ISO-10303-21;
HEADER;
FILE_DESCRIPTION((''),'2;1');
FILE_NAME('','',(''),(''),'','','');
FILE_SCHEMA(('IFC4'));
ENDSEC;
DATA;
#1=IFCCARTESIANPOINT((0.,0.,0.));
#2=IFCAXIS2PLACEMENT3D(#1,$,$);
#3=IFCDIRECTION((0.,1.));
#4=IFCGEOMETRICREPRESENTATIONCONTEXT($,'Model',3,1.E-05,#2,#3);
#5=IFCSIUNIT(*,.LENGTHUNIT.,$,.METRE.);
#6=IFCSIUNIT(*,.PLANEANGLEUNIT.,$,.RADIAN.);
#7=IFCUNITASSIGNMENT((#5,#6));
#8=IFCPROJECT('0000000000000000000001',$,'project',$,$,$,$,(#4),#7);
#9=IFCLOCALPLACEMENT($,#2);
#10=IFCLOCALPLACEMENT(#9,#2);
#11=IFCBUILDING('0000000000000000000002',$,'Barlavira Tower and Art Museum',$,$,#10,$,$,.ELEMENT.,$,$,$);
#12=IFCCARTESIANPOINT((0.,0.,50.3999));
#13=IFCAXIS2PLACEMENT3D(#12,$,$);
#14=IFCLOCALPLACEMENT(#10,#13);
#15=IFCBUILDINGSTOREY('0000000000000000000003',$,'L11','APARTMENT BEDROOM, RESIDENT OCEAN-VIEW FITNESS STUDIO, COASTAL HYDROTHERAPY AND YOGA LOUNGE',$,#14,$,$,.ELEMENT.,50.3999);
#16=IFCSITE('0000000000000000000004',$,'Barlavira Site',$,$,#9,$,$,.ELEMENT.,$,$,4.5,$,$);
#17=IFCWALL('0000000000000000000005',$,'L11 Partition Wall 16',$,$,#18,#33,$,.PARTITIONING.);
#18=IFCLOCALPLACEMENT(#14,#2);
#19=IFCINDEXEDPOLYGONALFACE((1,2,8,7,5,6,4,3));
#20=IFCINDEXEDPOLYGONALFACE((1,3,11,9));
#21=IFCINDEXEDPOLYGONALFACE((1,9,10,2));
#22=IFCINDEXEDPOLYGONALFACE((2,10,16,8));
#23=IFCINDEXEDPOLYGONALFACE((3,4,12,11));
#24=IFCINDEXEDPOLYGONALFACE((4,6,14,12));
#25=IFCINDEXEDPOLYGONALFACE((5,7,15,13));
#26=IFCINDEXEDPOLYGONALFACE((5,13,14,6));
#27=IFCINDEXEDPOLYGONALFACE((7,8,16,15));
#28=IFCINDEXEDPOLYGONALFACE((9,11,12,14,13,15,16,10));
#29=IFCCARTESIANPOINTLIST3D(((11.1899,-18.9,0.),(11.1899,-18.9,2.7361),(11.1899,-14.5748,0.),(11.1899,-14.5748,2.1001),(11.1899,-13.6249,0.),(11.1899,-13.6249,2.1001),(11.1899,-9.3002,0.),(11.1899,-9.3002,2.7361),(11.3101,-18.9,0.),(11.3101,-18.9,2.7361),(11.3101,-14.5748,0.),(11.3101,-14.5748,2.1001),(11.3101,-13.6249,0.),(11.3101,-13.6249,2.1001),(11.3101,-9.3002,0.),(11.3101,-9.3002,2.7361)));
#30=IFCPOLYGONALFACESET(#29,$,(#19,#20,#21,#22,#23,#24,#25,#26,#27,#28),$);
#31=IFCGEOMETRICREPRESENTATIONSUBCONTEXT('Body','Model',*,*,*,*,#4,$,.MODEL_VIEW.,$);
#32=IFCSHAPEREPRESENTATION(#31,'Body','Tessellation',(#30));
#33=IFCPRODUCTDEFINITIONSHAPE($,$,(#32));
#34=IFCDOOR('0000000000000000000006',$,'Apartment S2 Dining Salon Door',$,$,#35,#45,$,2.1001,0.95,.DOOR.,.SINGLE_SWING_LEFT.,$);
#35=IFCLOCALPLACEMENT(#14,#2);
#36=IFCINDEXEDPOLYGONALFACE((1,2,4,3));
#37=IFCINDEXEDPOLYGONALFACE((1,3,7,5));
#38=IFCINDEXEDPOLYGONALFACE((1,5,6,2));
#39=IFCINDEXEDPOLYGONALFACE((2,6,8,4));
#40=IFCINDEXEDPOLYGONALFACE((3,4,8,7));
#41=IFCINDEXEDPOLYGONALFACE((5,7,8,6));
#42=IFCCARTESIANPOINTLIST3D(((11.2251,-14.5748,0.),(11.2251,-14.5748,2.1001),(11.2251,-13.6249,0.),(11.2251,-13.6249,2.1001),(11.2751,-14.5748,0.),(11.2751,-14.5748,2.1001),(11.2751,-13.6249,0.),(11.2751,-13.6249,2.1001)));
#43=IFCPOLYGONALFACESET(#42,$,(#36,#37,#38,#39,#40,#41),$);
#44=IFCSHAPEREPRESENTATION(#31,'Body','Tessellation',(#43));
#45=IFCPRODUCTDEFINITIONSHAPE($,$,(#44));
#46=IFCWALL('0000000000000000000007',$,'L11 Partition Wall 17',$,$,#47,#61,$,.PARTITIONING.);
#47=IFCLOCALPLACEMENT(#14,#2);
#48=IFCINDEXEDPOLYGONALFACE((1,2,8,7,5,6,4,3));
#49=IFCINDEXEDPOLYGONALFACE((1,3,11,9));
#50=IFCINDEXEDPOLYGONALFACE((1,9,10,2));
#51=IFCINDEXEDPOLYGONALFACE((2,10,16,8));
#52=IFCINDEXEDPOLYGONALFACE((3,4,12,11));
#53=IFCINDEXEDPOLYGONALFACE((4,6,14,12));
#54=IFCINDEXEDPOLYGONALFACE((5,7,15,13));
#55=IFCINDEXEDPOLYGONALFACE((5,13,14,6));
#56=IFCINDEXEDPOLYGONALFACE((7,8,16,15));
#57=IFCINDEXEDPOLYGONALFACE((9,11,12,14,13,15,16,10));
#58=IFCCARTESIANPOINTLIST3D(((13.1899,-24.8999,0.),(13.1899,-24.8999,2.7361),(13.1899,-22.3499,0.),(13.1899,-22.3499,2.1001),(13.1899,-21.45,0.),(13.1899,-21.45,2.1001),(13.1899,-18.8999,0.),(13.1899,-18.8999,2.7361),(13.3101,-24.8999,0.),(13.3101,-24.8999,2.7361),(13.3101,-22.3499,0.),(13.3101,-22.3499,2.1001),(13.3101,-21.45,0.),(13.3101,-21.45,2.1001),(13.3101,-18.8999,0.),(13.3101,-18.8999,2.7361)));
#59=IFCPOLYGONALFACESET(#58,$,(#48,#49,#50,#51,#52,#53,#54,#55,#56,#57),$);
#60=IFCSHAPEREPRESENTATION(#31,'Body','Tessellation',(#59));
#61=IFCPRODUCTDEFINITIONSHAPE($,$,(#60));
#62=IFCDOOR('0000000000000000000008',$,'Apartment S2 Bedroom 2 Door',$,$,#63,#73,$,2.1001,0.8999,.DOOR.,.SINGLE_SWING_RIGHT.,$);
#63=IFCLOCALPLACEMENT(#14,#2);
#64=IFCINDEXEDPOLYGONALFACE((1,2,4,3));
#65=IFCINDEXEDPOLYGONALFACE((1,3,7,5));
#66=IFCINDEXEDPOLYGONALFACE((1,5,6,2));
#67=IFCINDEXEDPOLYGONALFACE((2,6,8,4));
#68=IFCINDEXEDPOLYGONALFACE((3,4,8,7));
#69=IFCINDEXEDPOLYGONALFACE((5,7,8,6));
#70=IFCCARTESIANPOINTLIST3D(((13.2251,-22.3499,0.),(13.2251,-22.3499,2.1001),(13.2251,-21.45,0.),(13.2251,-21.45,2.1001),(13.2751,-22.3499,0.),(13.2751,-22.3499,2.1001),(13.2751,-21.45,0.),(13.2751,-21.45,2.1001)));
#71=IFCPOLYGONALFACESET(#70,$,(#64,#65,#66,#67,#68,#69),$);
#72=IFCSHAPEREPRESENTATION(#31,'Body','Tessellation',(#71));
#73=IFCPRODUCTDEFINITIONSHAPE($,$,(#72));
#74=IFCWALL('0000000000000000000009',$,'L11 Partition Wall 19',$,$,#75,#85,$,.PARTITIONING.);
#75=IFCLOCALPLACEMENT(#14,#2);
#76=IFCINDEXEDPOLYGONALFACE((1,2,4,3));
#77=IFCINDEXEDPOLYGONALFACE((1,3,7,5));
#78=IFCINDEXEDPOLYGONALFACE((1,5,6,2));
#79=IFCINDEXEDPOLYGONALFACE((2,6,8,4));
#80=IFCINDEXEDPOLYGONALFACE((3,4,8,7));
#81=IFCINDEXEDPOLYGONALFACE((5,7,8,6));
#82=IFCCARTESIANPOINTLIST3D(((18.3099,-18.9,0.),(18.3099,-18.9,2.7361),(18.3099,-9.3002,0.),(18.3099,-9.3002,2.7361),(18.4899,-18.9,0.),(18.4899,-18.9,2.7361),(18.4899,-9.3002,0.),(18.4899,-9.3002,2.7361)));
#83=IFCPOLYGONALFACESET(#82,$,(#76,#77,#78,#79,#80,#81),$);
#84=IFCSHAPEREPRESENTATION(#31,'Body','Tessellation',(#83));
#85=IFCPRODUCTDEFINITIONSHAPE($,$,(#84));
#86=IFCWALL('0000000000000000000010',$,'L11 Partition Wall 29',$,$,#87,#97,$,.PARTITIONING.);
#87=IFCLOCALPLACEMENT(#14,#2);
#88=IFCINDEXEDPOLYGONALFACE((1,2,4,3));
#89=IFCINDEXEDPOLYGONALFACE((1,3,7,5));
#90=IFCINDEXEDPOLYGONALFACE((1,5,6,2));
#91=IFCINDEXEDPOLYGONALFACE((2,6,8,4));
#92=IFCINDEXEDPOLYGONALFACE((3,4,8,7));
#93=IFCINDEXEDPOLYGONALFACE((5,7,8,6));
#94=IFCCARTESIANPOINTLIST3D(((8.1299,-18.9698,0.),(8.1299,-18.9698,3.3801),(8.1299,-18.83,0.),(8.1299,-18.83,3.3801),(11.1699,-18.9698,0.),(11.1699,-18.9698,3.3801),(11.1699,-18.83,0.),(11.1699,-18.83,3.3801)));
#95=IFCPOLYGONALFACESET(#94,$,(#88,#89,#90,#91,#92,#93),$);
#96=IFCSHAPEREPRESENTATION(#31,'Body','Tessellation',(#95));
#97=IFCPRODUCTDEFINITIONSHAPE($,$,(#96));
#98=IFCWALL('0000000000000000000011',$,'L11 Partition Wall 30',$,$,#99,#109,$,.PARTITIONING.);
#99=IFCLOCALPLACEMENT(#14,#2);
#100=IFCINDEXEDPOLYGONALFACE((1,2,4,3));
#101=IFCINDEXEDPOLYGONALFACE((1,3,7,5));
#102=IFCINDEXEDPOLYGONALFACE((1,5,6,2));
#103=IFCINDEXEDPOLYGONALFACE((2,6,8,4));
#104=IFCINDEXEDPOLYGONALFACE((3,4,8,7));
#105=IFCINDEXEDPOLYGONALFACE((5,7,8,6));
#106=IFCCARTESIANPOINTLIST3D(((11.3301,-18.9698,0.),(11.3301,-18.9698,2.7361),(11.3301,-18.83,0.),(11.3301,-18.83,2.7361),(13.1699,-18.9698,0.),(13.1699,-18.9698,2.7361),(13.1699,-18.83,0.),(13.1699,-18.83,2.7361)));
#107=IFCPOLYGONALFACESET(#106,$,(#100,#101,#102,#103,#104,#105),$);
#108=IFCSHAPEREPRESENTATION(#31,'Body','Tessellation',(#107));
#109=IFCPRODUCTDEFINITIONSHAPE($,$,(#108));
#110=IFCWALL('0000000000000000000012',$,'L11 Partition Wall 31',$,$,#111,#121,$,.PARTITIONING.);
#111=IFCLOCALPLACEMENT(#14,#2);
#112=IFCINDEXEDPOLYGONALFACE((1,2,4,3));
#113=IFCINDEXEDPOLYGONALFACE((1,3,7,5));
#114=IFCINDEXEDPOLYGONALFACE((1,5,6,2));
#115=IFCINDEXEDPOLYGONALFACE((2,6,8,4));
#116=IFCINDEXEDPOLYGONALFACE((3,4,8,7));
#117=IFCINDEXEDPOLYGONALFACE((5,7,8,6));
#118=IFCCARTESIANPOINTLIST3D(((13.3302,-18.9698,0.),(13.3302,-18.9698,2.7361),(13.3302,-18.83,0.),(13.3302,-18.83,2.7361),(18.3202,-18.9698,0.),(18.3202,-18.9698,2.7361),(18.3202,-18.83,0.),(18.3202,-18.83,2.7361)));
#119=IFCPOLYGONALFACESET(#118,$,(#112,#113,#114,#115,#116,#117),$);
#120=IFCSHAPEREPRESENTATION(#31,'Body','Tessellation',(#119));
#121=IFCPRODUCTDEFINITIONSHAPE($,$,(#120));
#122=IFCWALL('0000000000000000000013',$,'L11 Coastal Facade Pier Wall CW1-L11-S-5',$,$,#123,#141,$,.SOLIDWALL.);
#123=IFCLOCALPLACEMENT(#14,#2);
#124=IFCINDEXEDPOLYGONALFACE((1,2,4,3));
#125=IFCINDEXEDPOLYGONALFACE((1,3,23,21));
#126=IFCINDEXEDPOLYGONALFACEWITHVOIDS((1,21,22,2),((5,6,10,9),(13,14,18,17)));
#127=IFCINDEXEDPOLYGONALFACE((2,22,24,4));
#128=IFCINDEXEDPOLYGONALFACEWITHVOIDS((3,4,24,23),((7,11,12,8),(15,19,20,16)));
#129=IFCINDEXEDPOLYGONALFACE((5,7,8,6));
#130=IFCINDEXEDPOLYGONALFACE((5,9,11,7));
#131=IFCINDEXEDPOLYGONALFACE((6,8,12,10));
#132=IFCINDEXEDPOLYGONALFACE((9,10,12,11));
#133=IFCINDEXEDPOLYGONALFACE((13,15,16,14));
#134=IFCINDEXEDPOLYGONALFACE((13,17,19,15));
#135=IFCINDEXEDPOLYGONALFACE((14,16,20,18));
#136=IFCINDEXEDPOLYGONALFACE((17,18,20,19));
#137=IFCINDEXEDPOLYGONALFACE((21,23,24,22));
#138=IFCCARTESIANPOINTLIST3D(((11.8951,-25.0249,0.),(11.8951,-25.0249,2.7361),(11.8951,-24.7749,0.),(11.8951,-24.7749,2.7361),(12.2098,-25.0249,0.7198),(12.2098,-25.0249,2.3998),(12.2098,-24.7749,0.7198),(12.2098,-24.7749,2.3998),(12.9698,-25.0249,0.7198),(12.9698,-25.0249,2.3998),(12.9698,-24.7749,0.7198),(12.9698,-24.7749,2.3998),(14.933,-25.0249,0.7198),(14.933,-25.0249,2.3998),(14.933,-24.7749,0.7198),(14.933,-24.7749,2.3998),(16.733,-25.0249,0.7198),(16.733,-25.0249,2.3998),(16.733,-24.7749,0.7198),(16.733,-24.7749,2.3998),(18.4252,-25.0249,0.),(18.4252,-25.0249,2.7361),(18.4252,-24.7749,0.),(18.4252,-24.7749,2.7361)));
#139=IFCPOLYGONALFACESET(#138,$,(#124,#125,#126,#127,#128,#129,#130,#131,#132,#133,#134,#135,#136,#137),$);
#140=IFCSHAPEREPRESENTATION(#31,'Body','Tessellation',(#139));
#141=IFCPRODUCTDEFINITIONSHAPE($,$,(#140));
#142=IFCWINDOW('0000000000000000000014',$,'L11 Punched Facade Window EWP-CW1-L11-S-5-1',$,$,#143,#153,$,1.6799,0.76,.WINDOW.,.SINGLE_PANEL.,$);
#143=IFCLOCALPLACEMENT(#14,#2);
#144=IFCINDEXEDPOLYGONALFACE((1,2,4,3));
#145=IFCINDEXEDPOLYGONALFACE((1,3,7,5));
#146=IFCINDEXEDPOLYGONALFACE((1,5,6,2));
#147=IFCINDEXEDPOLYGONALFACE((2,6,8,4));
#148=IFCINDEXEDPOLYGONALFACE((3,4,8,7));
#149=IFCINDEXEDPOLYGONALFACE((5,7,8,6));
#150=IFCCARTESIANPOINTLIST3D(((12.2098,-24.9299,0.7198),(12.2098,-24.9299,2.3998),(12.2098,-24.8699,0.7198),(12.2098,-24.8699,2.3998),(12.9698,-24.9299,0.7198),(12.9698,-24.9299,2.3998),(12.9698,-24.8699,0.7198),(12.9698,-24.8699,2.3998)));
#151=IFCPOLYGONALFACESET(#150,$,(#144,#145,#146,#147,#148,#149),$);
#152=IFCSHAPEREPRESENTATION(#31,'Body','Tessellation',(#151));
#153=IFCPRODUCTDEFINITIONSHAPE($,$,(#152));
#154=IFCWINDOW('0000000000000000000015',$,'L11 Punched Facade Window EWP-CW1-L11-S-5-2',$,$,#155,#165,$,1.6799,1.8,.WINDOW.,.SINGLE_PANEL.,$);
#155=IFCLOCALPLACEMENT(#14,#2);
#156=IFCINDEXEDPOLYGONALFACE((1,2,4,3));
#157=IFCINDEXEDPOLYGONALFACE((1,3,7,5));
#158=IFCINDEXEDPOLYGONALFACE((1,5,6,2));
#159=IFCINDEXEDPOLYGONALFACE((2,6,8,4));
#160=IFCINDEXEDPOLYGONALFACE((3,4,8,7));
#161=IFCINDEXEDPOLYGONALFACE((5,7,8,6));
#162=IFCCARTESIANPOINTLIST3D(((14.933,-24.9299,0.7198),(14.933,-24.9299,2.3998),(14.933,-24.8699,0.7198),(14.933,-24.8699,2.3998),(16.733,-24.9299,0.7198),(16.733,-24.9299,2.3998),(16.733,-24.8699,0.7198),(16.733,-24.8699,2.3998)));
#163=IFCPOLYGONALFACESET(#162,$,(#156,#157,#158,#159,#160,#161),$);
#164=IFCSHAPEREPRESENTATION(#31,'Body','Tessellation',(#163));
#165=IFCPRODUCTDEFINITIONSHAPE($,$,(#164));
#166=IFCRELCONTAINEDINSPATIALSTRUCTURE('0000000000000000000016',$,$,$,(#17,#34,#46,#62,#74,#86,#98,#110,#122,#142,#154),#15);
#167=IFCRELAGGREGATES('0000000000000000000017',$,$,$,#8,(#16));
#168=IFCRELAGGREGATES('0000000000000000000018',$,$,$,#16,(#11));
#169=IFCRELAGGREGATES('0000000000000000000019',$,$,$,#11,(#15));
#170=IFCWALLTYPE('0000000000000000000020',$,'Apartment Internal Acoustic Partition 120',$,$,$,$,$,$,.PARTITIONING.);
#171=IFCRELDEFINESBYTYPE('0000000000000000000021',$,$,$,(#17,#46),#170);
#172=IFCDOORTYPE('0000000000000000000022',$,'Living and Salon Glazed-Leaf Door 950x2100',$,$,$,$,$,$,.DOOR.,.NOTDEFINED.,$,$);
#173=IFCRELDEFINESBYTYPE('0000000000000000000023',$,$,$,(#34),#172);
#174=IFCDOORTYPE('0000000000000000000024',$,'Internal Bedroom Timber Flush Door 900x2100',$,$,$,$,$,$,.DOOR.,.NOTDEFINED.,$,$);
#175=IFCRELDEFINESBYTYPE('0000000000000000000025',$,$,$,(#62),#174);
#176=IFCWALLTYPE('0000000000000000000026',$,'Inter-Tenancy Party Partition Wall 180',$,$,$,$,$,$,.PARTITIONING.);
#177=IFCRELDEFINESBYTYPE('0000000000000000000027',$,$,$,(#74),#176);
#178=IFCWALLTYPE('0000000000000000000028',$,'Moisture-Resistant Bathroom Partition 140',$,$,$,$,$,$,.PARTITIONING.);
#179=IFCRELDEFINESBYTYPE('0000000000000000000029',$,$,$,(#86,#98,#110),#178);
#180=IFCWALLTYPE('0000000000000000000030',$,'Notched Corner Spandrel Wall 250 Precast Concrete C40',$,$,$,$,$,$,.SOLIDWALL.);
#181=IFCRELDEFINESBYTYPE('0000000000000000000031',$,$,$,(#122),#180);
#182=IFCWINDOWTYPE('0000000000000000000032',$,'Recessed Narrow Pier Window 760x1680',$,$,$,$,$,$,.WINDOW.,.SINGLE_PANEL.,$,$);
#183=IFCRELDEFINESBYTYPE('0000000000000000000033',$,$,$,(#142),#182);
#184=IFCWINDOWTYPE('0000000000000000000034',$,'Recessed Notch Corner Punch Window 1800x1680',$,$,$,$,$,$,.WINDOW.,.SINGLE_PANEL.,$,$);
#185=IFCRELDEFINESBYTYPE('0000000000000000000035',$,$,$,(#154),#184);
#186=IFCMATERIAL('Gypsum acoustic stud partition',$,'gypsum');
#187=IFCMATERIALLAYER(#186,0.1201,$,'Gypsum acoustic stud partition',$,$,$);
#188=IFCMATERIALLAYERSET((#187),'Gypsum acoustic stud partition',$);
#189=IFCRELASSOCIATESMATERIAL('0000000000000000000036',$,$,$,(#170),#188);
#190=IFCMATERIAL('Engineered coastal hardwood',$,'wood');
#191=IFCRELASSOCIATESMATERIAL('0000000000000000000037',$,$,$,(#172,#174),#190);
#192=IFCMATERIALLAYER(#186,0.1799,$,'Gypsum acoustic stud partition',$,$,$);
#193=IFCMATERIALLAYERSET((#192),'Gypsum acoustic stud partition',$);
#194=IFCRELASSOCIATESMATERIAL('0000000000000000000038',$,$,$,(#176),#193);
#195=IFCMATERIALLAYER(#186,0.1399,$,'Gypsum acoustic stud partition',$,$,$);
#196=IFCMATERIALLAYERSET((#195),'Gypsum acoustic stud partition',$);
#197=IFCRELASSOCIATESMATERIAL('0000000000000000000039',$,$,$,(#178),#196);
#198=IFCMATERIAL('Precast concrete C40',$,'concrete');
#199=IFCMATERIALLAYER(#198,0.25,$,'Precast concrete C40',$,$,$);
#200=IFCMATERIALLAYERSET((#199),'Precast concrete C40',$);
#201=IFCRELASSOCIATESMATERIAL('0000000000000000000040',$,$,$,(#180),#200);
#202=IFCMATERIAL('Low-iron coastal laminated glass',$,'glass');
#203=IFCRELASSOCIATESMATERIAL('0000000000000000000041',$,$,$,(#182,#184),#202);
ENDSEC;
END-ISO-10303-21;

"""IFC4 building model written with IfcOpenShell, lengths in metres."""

from ifc_helpers import new_model, si_unit, direction, frame, frame_2d, origin, place, context, subcontext, project, spatial, rectangle, extrude, material, layer, layer_set, type_object, element, fill, save


model = new_model("IFC4")

# Units and contexts
model_context = context("Model", 3, precision=1e-05, world=origin(), true_north=direction((0.0, 1.0)))
body_context = subcontext(model_context, "Body", "Model", "MODEL_VIEW")
ifc_project = project(units=[si_unit("LENGTHUNIT", "METRE"), si_unit("PLANEANGLEUNIT", "RADIAN")], contexts=[model_context])

# Site, building, storey
site_placement = place(None, origin())
site = spatial("IfcSite", under=ifc_project, at=site_placement, Name="Barlavira Site", CompositionType="ELEMENT", RefElevation=4.5)
building_placement = place(site_placement, origin())
building = spatial("IfcBuilding", under=site, at=building_placement, Name="Barlavira Tower and Art Museum", CompositionType="ELEMENT")
storey_placement = place(building_placement, frame((0.0, 0.0, 50.3999)))
storey = spatial("IfcBuildingStorey", under=building, at=storey_placement, Name="L11", Description="APARTMENT BEDROOM, RESIDENT OCEAN-VIEW FITNESS STUDIO, COASTAL HYDROTHERAPY AND YOGA LOUNGE", CompositionType="ELEMENT", Elevation=50.3999)

# Walls, openings, doors
ifc_material_1 = material(Name="Gypsum acoustic stud partition", Category="gypsum")
ifc_layer_1 = layer(ifc_material_1, 0.1201, Name="Gypsum acoustic stud partition")
ifc_layer_set_1 = layer_set([ifc_layer_1], Name="Gypsum acoustic stud partition")
wall_type_1 = type_object("IfcWallType", Name="Apartment Internal Acoustic Partition 120", PredefinedType="PARTITIONING", material=ifc_layer_set_1)
wall_1_placement = place(storey_placement, frame((11.25, -18.8999, 0.0), z_axis=(0.0, 0.0, 1.0), x_axis=(0.0, 1.0, 0.0)))
wall_1 = element("IfcWall", 1, at=wall_1_placement, inside=storey, type_object=wall_type_1, Name="L11 Partition Wall 16", PredefinedType="PARTITIONING", context=body_context, shape_type="SweptSolid", body=[
    extrude(rectangle(XDim=9.5999, YDim=0.1201, at=frame_2d((4.7998, 0.0))), origin(), (0.0, 0.0, 1.0), 2.7361),
])
opening_1_placement = place(wall_1_placement, frame((4.325, 0.0, 0.0)))
opening_1 = element("IfcOpeningElement", 2, at=opening_1_placement, cuts=wall_1, PredefinedType="OPENING", context=body_context, shape_type="SweptSolid", body=[
    extrude(rectangle(XDim=0.95, YDim=2.1001, at=frame_2d((0.4751, 1.05))), frame((0.0, 0.0701, 0.0), z_axis=(0.0, -1.0, 0.0), x_axis=(1.0, 0.0, 0.0)), (0.0, 0.0, 1.0), 0.1401),
])
ifc_material_2 = material(Name="Engineered coastal hardwood", Category="wood")
door_type_1 = type_object("IfcDoorType", Name="Living and Salon Glazed-Leaf Door 950x2100", OperationType="NOTDEFINED", PredefinedType="DOOR", material=ifc_material_2)
door_1_placement = place(opening_1_placement, origin())
door_1 = element("IfcDoor", 3, at=door_1_placement, inside=storey, type_object=door_type_1, Name="Apartment S2 Dining Salon Door", OperationType="SINGLE_SWING_LEFT", OverallHeight=2.1001, OverallWidth=0.95, PredefinedType="DOOR", context=body_context, shape_type="SweptSolid", body=[
    extrude(rectangle(XDim=0.95, YDim=2.1001, at=frame_2d((0.4751, 1.05))), frame((0.0, 0.0249, 0.0), z_axis=(0.0, -1.0, 0.0), x_axis=(1.0, 0.0, 0.0)), (0.0, 0.0, 1.0), 0.05),
])
fill(opening_1, door_1)
wall_2_placement = place(storey_placement, frame((13.25, -24.8999, 0.0), z_axis=(0.0, 0.0, 1.0), x_axis=(0.0, 1.0, 0.0)))
wall_2 = element("IfcWall", 4, at=wall_2_placement, inside=storey, type_object=wall_type_1, Name="L11 Partition Wall 17", PredefinedType="PARTITIONING", context=body_context, shape_type="SweptSolid", body=[
    extrude(rectangle(XDim=6.0, YDim=0.1201, at=frame_2d((3.0, 0.0))), origin(), (0.0, 0.0, 1.0), 2.7361),
])
opening_2_placement = place(wall_2_placement, frame((2.55, 0.0, 0.0)))
opening_2 = element("IfcOpeningElement", 5, at=opening_2_placement, cuts=wall_2, PredefinedType="OPENING", context=body_context, shape_type="SweptSolid", body=[
    extrude(rectangle(XDim=0.8999, YDim=2.1001, at=frame_2d((0.45, 1.05))), frame((0.0, 0.0701, 0.0), z_axis=(0.0, -1.0, 0.0), x_axis=(1.0, 0.0, 0.0)), (0.0, 0.0, 1.0), 0.1401),
])
door_type_2 = type_object("IfcDoorType", Name="Internal Bedroom Timber Flush Door 900x2100", OperationType="NOTDEFINED", PredefinedType="DOOR", material=ifc_material_2)
door_2_placement = place(opening_2_placement, origin())
door_2 = element("IfcDoor", 6, at=door_2_placement, inside=storey, type_object=door_type_2, Name="Apartment S2 Bedroom 2 Door", OperationType="SINGLE_SWING_RIGHT", OverallHeight=2.1001, OverallWidth=0.8999, PredefinedType="DOOR", context=body_context, shape_type="SweptSolid", body=[
    extrude(rectangle(XDim=0.8999, YDim=2.1001, at=frame_2d((0.45, 1.05))), frame((0.0, 0.0249, 0.0), z_axis=(0.0, -1.0, 0.0), x_axis=(1.0, 0.0, 0.0)), (0.0, 0.0, 1.0), 0.05),
])
fill(opening_2, door_2)

# Walls
ifc_layer_2 = layer(ifc_material_1, 0.1799, Name="Gypsum acoustic stud partition")
ifc_layer_set_2 = layer_set([ifc_layer_2], Name="Gypsum acoustic stud partition")
wall_type_2 = type_object("IfcWallType", Name="Inter-Tenancy Party Partition Wall 180", PredefinedType="PARTITIONING", material=ifc_layer_set_2)
wall_3_placement = place(storey_placement, frame((18.3999, -18.8999, 0.0), z_axis=(0.0, 0.0, 1.0), x_axis=(0.0, 1.0, 0.0)))
element("IfcWall", 7, at=wall_3_placement, inside=storey, type_object=wall_type_2, Name="L11 Partition Wall 19", PredefinedType="PARTITIONING", context=body_context, shape_type="SweptSolid", body=[
    extrude(rectangle(XDim=9.5999, YDim=0.1799, at=frame_2d((4.7998, 0.0))), origin(), (0.0, 0.0, 1.0), 2.7361),
])
ifc_layer_3 = layer(ifc_material_1, 0.1399, Name="Gypsum acoustic stud partition")
ifc_layer_set_3 = layer_set([ifc_layer_3], Name="Gypsum acoustic stud partition")
wall_type_3 = type_object("IfcWallType", Name="Moisture-Resistant Bathroom Partition 140", PredefinedType="PARTITIONING", material=ifc_layer_set_3)
wall_4_placement = place(storey_placement, frame((8.1299, -18.8999, 0.0), z_axis=(0.0, 0.0, 1.0), x_axis=(1.0, 0.0, 0.0)))
element("IfcWall", 8, at=wall_4_placement, inside=storey, type_object=wall_type_3, Name="L11 Partition Wall 29", PredefinedType="PARTITIONING", context=body_context, shape_type="SweptSolid", body=[
    extrude(rectangle(XDim=3.04, YDim=0.1399, at=frame_2d((1.52, 0.0))), origin(), (0.0, 0.0, 1.0), 3.3801),
])
wall_5_placement = place(storey_placement, frame((11.3301, -18.8999, 0.0), z_axis=(0.0, 0.0, 1.0), x_axis=(1.0, 0.0, 0.0)))
element("IfcWall", 9, at=wall_5_placement, inside=storey, type_object=wall_type_3, Name="L11 Partition Wall 30", PredefinedType="PARTITIONING", context=body_context, shape_type="SweptSolid", body=[
    extrude(rectangle(XDim=1.8398, YDim=0.1399, at=frame_2d((0.9199, 0.0))), origin(), (0.0, 0.0, 1.0), 2.7361),
])
wall_6_placement = place(storey_placement, frame((13.3301, -18.8999, 0.0), z_axis=(0.0, 0.0, 1.0), x_axis=(1.0, 0.0, 0.0)))
element("IfcWall", 10, at=wall_6_placement, inside=storey, type_object=wall_type_3, Name="L11 Partition Wall 31", PredefinedType="PARTITIONING", context=body_context, shape_type="SweptSolid", body=[
    extrude(rectangle(XDim=4.99, YDim=0.1399, at=frame_2d((2.4951, 0.0))), origin(), (0.0, 0.0, 1.0), 2.7361),
])

# Wall, openings, windows
ifc_material_3 = material(Name="Precast concrete C40", Category="concrete")
ifc_layer_4 = layer(ifc_material_3, 0.25, Name="Precast concrete C40")
ifc_layer_set_4 = layer_set([ifc_layer_4], Name="Precast concrete C40")
wall_type_4 = type_object("IfcWallType", Name="Notched Corner Spandrel Wall 250 Precast Concrete C40", PredefinedType="SOLIDWALL", material=ifc_layer_set_4)
wall_7_placement = place(storey_placement, frame((11.895, -24.8999, 0.0), z_axis=(0.0, 0.0, 1.0), x_axis=(1.0, 0.0, 0.0)))
wall_7 = element("IfcWall", 11, at=wall_7_placement, inside=storey, type_object=wall_type_4, Name="L11 Coastal Facade Pier Wall CW1-L11-S-5", PredefinedType="SOLIDWALL", context=body_context, shape_type="SweptSolid", body=[
    extrude(rectangle(XDim=6.53, YDim=0.25, at=frame_2d((3.2651, 0.0))), origin(), (0.0, 0.0, 1.0), 2.7361),
])
opening_3_placement = place(wall_7_placement, frame((0.3149, 0.0, 0.72)))
opening_3 = element("IfcOpeningElement", 12, at=opening_3_placement, cuts=wall_7, PredefinedType="OPENING", context=body_context, shape_type="SweptSolid", body=[
    extrude(rectangle(XDim=0.76, YDim=1.6799, at=frame_2d((0.3799, 0.8398))), frame((0.0, 0.135, 0.0), z_axis=(0.0, -1.0, 0.0), x_axis=(1.0, 0.0, 0.0)), (0.0, 0.0, 1.0), 0.27),
])
opening_4_placement = place(wall_7_placement, frame((3.0381, 0.0, 0.72)))
opening_4 = element("IfcOpeningElement", 13, at=opening_4_placement, cuts=wall_7, PredefinedType="OPENING", context=body_context, shape_type="SweptSolid", body=[
    extrude(rectangle(XDim=1.8, YDim=1.6799, at=frame_2d((0.8999, 0.8398))), frame((0.0, 0.135, 0.0), z_axis=(0.0, -1.0, 0.0), x_axis=(1.0, 0.0, 0.0)), (0.0, 0.0, 1.0), 0.27),
])
ifc_material_4 = material(Name="Low-iron coastal laminated glass", Category="glass")
window_type_1 = type_object("IfcWindowType", Name="Recessed Narrow Pier Window 760x1680", PartitioningType="SINGLE_PANEL", PredefinedType="WINDOW", material=ifc_material_4)
window_1_placement = place(opening_3_placement, origin())
window_1 = element("IfcWindow", 14, at=window_1_placement, inside=storey, type_object=window_type_1, Name="L11 Punched Facade Window EWP-CW1-L11-S-5-1", OverallHeight=1.6799, OverallWidth=0.76, PartitioningType="SINGLE_PANEL", PredefinedType="WINDOW", context=body_context, shape_type="SweptSolid", body=[
    extrude(rectangle(XDim=0.76, YDim=1.6799, at=frame_2d((0.3799, 0.8398))), frame((0.0, 0.03, 0.0), z_axis=(0.0, -1.0, 0.0), x_axis=(1.0, 0.0, 0.0)), (0.0, 0.0, 1.0), 0.0601),
])
fill(opening_3, window_1)
window_type_2 = type_object("IfcWindowType", Name="Recessed Notch Corner Punch Window 1800x1680", PartitioningType="SINGLE_PANEL", PredefinedType="WINDOW", material=ifc_material_4)
window_2_placement = place(opening_4_placement, origin())
window_2 = element("IfcWindow", 15, at=window_2_placement, inside=storey, type_object=window_type_2, Name="L11 Punched Facade Window EWP-CW1-L11-S-5-2", OverallHeight=1.6799, OverallWidth=1.8, PartitioningType="SINGLE_PANEL", PredefinedType="WINDOW", context=body_context, shape_type="SweptSolid", body=[
    extrude(rectangle(XDim=1.8, YDim=1.6799, at=frame_2d((0.8999, 0.8398))), frame((0.0, 0.03, 0.0), z_axis=(0.0, -1.0, 0.0), x_axis=(1.0, 0.0, 0.0)), (0.0, 0.0, 1.0), 0.0601),
])
fill(opening_4, window_2)

save(model, "model.ifc")
